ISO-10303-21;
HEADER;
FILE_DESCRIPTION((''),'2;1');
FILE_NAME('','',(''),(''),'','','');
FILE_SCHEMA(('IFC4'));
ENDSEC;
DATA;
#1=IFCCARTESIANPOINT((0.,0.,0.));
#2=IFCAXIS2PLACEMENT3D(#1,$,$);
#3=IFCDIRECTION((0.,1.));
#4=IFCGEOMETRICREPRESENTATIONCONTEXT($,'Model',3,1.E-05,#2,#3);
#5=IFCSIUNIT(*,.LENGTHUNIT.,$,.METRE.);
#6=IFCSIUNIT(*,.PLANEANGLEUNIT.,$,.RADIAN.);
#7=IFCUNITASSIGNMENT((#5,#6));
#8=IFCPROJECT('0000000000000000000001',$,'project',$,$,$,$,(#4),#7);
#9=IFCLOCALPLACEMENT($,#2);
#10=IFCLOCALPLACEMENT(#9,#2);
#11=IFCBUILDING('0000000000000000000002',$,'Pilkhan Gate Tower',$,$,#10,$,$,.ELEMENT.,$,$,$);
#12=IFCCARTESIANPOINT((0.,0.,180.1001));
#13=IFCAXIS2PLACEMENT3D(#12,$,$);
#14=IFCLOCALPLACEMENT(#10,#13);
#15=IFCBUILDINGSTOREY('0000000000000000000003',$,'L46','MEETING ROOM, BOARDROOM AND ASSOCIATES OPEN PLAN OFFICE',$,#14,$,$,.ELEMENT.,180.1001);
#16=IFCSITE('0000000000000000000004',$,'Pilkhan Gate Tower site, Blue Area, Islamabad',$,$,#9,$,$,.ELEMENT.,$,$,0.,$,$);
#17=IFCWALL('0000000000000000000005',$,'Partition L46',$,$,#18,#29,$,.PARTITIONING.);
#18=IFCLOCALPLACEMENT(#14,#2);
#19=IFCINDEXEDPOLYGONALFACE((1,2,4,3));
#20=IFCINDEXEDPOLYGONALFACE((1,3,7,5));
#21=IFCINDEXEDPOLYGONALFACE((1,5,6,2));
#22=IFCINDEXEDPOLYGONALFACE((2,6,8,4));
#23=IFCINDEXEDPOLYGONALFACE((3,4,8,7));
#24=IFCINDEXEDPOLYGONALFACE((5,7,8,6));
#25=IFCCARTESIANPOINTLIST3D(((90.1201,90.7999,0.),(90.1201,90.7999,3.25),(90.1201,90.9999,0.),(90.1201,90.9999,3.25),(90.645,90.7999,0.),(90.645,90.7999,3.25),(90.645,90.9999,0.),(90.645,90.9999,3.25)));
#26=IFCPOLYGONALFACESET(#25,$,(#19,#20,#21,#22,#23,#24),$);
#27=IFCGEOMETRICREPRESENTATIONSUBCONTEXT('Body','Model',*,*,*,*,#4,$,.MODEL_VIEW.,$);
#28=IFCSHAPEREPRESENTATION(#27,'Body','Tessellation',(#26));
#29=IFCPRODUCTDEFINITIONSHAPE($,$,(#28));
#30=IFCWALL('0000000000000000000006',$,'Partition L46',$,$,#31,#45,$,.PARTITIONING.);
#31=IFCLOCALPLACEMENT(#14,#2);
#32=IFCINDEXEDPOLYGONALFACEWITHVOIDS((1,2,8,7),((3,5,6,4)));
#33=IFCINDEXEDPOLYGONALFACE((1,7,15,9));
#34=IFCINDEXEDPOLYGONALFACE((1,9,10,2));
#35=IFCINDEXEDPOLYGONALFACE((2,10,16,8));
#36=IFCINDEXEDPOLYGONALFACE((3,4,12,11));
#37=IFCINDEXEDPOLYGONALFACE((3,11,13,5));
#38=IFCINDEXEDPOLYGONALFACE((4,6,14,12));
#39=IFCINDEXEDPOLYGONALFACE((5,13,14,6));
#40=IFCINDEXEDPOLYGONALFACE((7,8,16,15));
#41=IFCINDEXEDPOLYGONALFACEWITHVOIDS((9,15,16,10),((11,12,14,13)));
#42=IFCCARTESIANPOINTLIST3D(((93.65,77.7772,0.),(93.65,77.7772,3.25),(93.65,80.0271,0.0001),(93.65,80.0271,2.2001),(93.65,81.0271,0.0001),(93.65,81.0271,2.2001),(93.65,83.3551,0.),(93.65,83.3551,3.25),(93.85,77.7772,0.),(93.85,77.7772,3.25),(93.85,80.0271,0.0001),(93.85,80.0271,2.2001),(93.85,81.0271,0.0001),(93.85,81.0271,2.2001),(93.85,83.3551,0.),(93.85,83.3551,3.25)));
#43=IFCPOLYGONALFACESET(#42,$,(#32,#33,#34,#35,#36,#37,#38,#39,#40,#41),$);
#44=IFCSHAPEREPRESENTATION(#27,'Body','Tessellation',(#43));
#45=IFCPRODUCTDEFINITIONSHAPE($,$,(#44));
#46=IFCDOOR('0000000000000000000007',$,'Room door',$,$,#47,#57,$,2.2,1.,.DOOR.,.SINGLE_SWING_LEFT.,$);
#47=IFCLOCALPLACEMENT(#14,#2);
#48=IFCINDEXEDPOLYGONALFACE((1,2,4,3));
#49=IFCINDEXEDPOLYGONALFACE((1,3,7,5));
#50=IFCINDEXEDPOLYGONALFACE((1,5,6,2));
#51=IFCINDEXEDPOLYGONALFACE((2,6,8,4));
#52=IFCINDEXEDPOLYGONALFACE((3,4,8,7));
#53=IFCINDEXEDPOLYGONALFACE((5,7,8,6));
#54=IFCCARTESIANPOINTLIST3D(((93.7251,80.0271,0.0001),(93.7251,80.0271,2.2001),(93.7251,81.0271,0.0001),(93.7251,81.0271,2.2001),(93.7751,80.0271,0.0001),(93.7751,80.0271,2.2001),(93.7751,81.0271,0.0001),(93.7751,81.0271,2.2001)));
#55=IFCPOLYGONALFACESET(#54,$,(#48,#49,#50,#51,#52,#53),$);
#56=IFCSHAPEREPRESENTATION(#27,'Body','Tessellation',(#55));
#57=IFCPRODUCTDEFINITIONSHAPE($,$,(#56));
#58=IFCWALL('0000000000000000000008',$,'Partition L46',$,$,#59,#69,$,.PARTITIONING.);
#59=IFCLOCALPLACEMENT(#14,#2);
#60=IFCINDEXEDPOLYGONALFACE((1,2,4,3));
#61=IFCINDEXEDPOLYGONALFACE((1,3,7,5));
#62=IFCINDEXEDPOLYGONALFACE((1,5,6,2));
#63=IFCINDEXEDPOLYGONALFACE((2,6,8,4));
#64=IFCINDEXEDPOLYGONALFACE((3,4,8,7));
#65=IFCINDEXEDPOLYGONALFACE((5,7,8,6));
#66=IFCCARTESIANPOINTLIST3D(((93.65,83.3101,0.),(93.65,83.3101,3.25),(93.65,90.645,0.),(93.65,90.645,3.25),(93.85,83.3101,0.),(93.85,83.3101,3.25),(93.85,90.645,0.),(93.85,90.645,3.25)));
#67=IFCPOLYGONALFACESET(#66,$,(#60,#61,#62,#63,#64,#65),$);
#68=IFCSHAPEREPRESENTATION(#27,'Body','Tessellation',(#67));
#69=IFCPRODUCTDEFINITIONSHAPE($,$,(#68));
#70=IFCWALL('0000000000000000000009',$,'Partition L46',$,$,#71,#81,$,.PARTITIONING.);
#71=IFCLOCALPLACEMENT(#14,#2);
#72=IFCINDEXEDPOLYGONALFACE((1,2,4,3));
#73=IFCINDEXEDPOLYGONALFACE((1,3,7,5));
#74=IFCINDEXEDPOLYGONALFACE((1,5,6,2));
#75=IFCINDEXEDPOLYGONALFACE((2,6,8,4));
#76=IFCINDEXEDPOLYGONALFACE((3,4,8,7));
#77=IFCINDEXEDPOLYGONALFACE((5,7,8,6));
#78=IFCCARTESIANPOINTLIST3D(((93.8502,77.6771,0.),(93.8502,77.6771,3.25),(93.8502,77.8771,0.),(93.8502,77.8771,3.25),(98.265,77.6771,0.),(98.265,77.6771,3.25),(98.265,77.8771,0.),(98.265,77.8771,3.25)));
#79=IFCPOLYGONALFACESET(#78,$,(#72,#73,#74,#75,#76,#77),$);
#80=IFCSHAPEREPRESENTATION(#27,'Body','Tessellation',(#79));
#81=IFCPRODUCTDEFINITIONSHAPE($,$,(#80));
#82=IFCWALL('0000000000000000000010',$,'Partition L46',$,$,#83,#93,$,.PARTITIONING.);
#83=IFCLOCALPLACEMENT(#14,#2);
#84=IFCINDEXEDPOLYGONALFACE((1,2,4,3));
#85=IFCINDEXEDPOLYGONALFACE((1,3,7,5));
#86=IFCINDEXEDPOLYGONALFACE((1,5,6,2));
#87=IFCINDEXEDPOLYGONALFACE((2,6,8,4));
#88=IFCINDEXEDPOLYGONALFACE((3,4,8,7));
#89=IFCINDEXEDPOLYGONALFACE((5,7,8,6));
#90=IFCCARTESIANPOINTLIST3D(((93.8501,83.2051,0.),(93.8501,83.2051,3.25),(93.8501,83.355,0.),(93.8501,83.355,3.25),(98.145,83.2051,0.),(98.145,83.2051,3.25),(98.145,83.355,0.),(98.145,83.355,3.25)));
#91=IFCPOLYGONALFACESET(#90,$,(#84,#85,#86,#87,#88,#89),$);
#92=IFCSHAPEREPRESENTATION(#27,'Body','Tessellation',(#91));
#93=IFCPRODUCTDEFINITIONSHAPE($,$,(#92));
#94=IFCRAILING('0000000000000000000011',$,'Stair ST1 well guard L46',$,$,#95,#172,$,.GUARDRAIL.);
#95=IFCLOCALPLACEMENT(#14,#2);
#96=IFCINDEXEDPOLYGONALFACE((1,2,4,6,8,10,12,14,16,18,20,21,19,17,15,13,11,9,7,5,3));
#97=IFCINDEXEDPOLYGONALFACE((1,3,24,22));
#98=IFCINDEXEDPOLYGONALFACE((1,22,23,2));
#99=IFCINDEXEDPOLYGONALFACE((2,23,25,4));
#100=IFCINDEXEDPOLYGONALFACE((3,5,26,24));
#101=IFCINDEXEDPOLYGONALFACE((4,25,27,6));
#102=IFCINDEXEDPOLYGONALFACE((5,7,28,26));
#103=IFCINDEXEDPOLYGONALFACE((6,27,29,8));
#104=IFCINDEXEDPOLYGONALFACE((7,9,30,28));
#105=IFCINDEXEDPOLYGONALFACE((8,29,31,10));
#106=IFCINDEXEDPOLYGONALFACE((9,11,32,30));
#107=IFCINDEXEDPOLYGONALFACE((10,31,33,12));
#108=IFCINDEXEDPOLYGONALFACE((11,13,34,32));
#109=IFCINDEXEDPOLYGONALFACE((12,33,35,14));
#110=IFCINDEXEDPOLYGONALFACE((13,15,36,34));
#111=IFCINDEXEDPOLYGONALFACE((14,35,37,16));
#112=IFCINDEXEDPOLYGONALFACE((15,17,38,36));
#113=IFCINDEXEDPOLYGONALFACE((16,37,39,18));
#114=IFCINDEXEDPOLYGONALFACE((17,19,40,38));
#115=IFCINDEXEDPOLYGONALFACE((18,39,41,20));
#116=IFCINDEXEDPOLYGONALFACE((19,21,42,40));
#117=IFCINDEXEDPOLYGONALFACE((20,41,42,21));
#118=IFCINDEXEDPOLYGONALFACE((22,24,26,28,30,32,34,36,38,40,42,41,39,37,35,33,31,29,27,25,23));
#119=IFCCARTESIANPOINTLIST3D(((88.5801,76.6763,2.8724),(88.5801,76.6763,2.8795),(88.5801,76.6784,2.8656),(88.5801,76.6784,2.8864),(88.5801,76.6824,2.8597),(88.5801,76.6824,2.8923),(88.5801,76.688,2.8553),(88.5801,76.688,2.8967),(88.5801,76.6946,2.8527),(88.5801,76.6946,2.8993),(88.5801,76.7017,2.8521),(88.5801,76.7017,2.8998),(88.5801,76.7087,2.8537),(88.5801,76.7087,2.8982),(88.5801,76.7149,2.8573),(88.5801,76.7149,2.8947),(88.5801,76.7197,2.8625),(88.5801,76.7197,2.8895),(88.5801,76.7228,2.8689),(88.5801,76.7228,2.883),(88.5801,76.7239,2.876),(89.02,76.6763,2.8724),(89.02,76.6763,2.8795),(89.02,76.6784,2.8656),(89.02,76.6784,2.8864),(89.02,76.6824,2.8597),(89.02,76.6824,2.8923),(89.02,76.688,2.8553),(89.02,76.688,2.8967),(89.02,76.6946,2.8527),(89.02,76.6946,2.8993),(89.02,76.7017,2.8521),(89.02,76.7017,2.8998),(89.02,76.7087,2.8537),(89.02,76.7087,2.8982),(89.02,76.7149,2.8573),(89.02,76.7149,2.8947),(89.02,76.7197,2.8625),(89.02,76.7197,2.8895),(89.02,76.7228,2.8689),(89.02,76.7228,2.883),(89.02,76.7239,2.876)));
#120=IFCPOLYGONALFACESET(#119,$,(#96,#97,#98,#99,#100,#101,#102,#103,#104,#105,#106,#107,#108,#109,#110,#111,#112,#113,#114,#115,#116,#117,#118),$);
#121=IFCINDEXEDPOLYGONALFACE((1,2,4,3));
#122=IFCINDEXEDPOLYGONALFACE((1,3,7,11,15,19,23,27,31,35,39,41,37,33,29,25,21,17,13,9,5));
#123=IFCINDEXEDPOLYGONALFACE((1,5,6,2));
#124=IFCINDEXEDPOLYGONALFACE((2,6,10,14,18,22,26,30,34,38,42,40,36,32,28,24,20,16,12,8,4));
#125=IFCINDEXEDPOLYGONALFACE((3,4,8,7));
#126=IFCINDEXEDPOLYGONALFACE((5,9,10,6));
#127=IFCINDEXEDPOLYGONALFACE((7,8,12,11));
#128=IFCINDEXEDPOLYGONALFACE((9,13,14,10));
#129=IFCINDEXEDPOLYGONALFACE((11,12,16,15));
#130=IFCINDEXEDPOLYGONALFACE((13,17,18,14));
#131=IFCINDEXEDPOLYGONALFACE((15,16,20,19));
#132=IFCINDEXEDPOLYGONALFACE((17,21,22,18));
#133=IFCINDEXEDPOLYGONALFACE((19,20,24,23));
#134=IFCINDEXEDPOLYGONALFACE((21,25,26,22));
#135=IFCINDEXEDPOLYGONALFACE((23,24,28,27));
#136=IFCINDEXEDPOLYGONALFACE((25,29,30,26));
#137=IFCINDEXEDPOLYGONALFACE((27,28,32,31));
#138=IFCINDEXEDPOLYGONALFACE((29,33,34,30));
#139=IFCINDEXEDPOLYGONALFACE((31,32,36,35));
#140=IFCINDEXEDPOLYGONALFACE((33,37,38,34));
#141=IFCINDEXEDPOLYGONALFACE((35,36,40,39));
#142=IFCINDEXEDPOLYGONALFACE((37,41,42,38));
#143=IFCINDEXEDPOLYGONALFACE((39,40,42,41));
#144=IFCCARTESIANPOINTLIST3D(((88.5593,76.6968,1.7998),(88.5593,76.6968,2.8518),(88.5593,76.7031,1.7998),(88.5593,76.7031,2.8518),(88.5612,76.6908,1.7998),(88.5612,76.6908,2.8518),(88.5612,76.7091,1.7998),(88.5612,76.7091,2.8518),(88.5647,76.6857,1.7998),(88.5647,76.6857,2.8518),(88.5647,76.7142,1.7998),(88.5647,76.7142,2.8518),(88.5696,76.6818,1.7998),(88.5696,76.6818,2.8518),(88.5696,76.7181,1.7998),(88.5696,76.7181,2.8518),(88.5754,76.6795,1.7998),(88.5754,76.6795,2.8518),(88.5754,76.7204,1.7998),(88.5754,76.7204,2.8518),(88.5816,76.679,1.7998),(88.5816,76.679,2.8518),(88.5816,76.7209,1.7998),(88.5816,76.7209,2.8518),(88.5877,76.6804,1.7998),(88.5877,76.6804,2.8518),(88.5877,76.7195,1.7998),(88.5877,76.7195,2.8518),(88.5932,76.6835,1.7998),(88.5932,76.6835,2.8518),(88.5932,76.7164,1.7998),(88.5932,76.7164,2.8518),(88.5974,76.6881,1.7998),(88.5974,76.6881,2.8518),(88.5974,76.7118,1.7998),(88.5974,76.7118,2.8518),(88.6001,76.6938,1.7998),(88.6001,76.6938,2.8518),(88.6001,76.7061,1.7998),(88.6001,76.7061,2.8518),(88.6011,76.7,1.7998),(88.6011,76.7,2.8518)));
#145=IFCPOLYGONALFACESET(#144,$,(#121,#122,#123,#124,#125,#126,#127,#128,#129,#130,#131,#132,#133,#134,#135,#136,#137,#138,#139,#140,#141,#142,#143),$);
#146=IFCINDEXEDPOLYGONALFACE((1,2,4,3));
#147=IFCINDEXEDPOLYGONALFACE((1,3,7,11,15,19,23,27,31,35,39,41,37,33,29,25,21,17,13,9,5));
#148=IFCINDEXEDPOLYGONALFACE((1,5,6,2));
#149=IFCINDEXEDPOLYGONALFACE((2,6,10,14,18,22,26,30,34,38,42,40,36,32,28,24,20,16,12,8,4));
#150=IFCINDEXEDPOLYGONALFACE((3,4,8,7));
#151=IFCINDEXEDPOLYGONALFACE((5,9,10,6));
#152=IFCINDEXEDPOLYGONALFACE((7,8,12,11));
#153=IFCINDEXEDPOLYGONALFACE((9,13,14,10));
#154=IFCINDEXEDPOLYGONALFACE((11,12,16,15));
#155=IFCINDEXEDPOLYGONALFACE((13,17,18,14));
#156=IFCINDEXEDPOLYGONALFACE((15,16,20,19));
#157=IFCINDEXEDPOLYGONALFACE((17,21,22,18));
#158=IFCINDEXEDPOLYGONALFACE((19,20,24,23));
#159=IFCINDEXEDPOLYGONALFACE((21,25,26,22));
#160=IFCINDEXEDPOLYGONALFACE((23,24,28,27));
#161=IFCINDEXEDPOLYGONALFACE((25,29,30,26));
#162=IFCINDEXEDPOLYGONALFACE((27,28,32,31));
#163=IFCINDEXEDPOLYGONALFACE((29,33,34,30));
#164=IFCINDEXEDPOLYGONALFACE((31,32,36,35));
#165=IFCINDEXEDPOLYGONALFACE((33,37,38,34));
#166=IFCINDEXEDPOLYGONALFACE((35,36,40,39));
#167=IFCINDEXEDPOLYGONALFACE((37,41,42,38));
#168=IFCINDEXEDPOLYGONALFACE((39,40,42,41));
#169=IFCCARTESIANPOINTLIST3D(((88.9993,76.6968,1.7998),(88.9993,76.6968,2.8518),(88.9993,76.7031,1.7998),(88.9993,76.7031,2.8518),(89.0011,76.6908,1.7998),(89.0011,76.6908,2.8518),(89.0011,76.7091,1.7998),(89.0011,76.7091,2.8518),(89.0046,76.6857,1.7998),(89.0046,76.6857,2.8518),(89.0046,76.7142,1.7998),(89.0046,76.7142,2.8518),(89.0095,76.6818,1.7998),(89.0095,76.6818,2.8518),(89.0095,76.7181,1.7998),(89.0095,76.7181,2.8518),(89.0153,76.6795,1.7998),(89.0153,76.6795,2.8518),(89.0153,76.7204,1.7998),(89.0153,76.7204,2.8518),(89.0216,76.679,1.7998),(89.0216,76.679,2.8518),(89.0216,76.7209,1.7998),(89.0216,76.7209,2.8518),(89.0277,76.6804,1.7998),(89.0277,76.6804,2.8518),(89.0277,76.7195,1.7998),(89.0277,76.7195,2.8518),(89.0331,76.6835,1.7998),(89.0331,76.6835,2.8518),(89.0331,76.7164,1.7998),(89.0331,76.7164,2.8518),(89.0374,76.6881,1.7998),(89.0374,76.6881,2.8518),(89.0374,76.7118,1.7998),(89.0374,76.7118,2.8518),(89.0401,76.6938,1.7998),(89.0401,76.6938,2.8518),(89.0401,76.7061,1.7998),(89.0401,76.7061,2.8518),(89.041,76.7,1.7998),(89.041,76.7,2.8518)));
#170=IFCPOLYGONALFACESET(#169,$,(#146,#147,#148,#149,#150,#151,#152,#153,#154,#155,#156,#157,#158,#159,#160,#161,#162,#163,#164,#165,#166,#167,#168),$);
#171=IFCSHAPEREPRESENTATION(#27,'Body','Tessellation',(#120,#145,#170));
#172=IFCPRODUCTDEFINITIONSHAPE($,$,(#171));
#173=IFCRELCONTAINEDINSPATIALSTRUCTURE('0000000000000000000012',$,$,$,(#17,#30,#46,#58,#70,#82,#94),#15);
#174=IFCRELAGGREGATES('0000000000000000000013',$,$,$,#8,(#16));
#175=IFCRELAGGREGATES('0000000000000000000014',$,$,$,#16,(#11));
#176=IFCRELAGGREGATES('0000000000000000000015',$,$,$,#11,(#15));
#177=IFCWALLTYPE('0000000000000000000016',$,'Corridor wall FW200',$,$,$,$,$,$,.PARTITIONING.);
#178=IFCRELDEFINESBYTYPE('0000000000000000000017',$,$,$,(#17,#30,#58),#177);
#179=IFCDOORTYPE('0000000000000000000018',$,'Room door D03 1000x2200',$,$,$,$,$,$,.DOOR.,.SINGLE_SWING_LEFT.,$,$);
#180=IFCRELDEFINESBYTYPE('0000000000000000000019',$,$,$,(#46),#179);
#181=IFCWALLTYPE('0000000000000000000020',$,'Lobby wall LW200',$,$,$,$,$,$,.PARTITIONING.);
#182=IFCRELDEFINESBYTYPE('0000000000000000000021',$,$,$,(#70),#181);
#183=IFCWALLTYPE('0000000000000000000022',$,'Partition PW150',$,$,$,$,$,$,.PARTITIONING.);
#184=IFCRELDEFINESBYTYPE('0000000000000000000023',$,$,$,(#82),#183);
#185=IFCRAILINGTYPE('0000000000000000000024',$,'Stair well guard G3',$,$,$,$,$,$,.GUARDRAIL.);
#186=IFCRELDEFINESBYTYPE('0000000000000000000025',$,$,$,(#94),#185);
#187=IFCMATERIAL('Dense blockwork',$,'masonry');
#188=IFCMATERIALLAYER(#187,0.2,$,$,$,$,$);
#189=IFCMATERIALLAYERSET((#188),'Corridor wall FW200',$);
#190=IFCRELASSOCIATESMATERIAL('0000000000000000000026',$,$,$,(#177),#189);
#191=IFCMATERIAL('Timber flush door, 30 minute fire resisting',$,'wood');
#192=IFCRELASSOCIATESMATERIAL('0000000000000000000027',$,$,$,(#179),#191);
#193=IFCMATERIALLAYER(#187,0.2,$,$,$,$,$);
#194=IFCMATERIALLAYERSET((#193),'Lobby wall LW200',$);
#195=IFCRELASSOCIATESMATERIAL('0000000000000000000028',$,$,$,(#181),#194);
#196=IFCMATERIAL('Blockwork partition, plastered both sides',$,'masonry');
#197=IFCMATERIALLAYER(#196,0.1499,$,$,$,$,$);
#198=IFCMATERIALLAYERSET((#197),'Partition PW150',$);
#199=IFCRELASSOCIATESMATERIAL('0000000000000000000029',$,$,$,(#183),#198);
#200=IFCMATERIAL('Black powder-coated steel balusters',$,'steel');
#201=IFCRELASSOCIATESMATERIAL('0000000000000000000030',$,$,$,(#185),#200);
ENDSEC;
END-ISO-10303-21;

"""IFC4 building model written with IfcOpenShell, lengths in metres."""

from ifc_helpers import new_model, si_unit, direction, frame, frame_2d, origin, origin_2d, place, context, subcontext, project, spatial, rectangle, circle, extrude, material, layer, layer_set, type_object, element, fill, save


model = new_model("IFC4")

# Units and contexts
model_context = context("Model", 3, precision=1e-05, world=origin(), true_north=direction((0.0, 1.0)))
body_context = subcontext(model_context, "Body", "Model", "MODEL_VIEW")
ifc_project = project(units=[si_unit("LENGTHUNIT", "METRE"), si_unit("PLANEANGLEUNIT", "RADIAN")], contexts=[model_context])

# Site, building, storey
site_placement = place(None, origin())
site = spatial("IfcSite", under=ifc_project, at=site_placement, Name="Pilkhan Gate Tower site, Blue Area, Islamabad", CompositionType="ELEMENT", RefElevation=0.0)
building_placement = place(site_placement, origin())
building = spatial("IfcBuilding", under=site, at=building_placement, Name="Pilkhan Gate Tower", CompositionType="ELEMENT")
storey_placement = place(building_placement, frame((0.0, 0.0, 180.1001)))
storey = spatial("IfcBuildingStorey", under=building, at=storey_placement, Name="L46", Description="MEETING ROOM, BOARDROOM AND ASSOCIATES OPEN PLAN OFFICE", CompositionType="ELEMENT", Elevation=180.1001)

# Wall
ifc_material_1 = material(Name="Dense blockwork", Category="masonry")
ifc_layer_1 = layer(ifc_material_1, 0.2)
ifc_layer_set_1 = layer_set([ifc_layer_1], Name="Corridor wall FW200")
wall_type_1 = type_object("IfcWallType", Name="Corridor wall FW200", PredefinedType="PARTITIONING", material=ifc_layer_set_1)
wall_1_placement = place(storey_placement, frame((90.1201, 90.8999, 0.0), z_axis=(0.0, 0.0, 1.0), x_axis=(1.0, 0.0, 0.0)))
element("IfcWall", 1, at=wall_1_placement, inside=storey, type_object=wall_type_1, Name="Partition L46", PredefinedType="PARTITIONING", context=body_context, shape_type="SweptSolid", body=[
    extrude(rectangle(XDim=0.5249, YDim=0.2, at=frame_2d((0.2625, 0.0))), origin(), (0.0, 0.0, 1.0), 3.25),
])

# Wall, opening, door
wall_2_placement = place(storey_placement, frame((93.75, 77.7771, 0.0), z_axis=(0.0, 0.0, 1.0), x_axis=(0.0, 1.0, 0.0)))
wall_2 = element("IfcWall", 2, at=wall_2_placement, inside=storey, type_object=wall_type_1, Name="Partition L46", PredefinedType="PARTITIONING", context=body_context, shape_type="SweptSolid", body=[
    extrude(rectangle(XDim=5.5779, YDim=0.2, at=frame_2d((2.7891, 0.0))), origin(), (0.0, 0.0, 1.0), 3.25),
])
opening_placement = place(wall_2_placement, frame((2.25, 0.0, 0.0)))
opening = element("IfcOpeningElement", 3, at=opening_placement, cuts=wall_2, PredefinedType="OPENING", context=body_context, shape_type="SweptSolid", body=[
    extrude(rectangle(XDim=1.0, YDim=2.2, at=frame_2d((0.5, 1.1001))), frame((0.0, 0.1099, 0.0), z_axis=(0.0, -1.0, 0.0), x_axis=(1.0, 0.0, 0.0)), (0.0, 0.0, 1.0), 0.22),
])
ifc_material_2 = material(Name="Timber flush door, 30 minute fire resisting", Category="wood")
door_type = type_object("IfcDoorType", Name="Room door D03 1000x2200", OperationType="SINGLE_SWING_LEFT", PredefinedType="DOOR", material=ifc_material_2)
door_placement = place(opening_placement, origin())
door = element("IfcDoor", 4, at=door_placement, inside=storey, type_object=door_type, Name="Room door", OperationType="SINGLE_SWING_LEFT", OverallHeight=2.2, OverallWidth=1.0, PredefinedType="DOOR", context=body_context, shape_type="SweptSolid", body=[
    extrude(rectangle(XDim=1.0, YDim=2.2, at=frame_2d((0.5, 1.1001))), frame((0.0, 0.0249, 0.0), z_axis=(0.0, -1.0, 0.0), x_axis=(1.0, 0.0, 0.0)), (0.0, 0.0, 1.0), 0.05),
])
fill(opening, door)

# Walls
wall_3_placement = place(storey_placement, frame((93.75, 83.3101, 0.0), z_axis=(0.0, 0.0, 1.0), x_axis=(0.0, 1.0, 0.0)))
element("IfcWall", 5, at=wall_3_placement, inside=storey, type_object=wall_type_1, Name="Partition L46", PredefinedType="PARTITIONING", context=body_context, shape_type="SweptSolid", body=[
    extrude(rectangle(XDim=7.335, YDim=0.2, at=frame_2d((3.6675, 0.0))), origin(), (0.0, 0.0, 1.0), 3.25),
])
ifc_layer_2 = layer(ifc_material_1, 0.2)
ifc_layer_set_2 = layer_set([ifc_layer_2], Name="Lobby wall LW200")
wall_type_2 = type_object("IfcWallType", Name="Lobby wall LW200", PredefinedType="PARTITIONING", material=ifc_layer_set_2)
wall_4_placement = place(storey_placement, frame((93.8501, 77.7771, 0.0), z_axis=(0.0, 0.0, 1.0), x_axis=(1.0, 0.0, 0.0)))
element("IfcWall", 6, at=wall_4_placement, inside=storey, type_object=wall_type_2, Name="Partition L46", PredefinedType="PARTITIONING", context=body_context, shape_type="SweptSolid", body=[
    extrude(rectangle(XDim=4.4148, YDim=0.2, at=frame_2d((2.2075, 0.0))), origin(), (0.0, 0.0, 1.0), 3.25),
])
ifc_material_3 = material(Name="Blockwork partition, plastered both sides", Category="masonry")
ifc_layer_3 = layer(ifc_material_3, 0.1499)
ifc_layer_set_3 = layer_set([ifc_layer_3], Name="Partition PW150")
wall_type_3 = type_object("IfcWallType", Name="Partition PW150", PredefinedType="PARTITIONING", material=ifc_layer_set_3)
wall_5_placement = place(storey_placement, frame((93.8501, 83.28, 0.0), z_axis=(0.0, 0.0, 1.0), x_axis=(1.0, 0.0, 0.0)))
element("IfcWall", 7, at=wall_5_placement, inside=storey, type_object=wall_type_3, Name="Partition L46", PredefinedType="PARTITIONING", context=body_context, shape_type="SweptSolid", body=[
    extrude(rectangle(XDim=4.2949, YDim=0.1499, at=frame_2d((2.1475, 0.0))), origin(), (0.0, 0.0, 1.0), 3.25),
])

# Railing
ifc_material_4 = material(Name="Black powder-coated steel balusters", Category="steel")
railing_type = type_object("IfcRailingType", Name="Stair well guard G3", PredefinedType="GUARDRAIL", material=ifc_material_4)
for number, where, name in (
    (8, (88.5801, 76.7, 1.7998), "Stair ST1 well guard L46"),
):
    element("IfcRailing", number, at=place(storey_placement, frame(where)), inside=storey, type_object=railing_type, Name=name, PredefinedType="GUARDRAIL", context=body_context, shape_type="SweptSolid", body=[
        extrude(circle(Radius=0.0239, at=origin_2d()), frame((0.0, 0.0, 1.0762), z_axis=(1.0, 0.0, 0.0), x_axis=(0.0, 1.0, 0.0)), (0.0, 0.0, 1.0), 0.4399),
        extrude(circle(Radius=0.021, at=origin_2d()), origin(), (0.0, 0.0, 1.0), 1.052),
        extrude(circle(Radius=0.021, at=origin_2d()), frame((0.4399, 0.0, 0.0)), (0.0, 0.0, 1.0), 1.052),
    ])

save(model, "model.ifc")
